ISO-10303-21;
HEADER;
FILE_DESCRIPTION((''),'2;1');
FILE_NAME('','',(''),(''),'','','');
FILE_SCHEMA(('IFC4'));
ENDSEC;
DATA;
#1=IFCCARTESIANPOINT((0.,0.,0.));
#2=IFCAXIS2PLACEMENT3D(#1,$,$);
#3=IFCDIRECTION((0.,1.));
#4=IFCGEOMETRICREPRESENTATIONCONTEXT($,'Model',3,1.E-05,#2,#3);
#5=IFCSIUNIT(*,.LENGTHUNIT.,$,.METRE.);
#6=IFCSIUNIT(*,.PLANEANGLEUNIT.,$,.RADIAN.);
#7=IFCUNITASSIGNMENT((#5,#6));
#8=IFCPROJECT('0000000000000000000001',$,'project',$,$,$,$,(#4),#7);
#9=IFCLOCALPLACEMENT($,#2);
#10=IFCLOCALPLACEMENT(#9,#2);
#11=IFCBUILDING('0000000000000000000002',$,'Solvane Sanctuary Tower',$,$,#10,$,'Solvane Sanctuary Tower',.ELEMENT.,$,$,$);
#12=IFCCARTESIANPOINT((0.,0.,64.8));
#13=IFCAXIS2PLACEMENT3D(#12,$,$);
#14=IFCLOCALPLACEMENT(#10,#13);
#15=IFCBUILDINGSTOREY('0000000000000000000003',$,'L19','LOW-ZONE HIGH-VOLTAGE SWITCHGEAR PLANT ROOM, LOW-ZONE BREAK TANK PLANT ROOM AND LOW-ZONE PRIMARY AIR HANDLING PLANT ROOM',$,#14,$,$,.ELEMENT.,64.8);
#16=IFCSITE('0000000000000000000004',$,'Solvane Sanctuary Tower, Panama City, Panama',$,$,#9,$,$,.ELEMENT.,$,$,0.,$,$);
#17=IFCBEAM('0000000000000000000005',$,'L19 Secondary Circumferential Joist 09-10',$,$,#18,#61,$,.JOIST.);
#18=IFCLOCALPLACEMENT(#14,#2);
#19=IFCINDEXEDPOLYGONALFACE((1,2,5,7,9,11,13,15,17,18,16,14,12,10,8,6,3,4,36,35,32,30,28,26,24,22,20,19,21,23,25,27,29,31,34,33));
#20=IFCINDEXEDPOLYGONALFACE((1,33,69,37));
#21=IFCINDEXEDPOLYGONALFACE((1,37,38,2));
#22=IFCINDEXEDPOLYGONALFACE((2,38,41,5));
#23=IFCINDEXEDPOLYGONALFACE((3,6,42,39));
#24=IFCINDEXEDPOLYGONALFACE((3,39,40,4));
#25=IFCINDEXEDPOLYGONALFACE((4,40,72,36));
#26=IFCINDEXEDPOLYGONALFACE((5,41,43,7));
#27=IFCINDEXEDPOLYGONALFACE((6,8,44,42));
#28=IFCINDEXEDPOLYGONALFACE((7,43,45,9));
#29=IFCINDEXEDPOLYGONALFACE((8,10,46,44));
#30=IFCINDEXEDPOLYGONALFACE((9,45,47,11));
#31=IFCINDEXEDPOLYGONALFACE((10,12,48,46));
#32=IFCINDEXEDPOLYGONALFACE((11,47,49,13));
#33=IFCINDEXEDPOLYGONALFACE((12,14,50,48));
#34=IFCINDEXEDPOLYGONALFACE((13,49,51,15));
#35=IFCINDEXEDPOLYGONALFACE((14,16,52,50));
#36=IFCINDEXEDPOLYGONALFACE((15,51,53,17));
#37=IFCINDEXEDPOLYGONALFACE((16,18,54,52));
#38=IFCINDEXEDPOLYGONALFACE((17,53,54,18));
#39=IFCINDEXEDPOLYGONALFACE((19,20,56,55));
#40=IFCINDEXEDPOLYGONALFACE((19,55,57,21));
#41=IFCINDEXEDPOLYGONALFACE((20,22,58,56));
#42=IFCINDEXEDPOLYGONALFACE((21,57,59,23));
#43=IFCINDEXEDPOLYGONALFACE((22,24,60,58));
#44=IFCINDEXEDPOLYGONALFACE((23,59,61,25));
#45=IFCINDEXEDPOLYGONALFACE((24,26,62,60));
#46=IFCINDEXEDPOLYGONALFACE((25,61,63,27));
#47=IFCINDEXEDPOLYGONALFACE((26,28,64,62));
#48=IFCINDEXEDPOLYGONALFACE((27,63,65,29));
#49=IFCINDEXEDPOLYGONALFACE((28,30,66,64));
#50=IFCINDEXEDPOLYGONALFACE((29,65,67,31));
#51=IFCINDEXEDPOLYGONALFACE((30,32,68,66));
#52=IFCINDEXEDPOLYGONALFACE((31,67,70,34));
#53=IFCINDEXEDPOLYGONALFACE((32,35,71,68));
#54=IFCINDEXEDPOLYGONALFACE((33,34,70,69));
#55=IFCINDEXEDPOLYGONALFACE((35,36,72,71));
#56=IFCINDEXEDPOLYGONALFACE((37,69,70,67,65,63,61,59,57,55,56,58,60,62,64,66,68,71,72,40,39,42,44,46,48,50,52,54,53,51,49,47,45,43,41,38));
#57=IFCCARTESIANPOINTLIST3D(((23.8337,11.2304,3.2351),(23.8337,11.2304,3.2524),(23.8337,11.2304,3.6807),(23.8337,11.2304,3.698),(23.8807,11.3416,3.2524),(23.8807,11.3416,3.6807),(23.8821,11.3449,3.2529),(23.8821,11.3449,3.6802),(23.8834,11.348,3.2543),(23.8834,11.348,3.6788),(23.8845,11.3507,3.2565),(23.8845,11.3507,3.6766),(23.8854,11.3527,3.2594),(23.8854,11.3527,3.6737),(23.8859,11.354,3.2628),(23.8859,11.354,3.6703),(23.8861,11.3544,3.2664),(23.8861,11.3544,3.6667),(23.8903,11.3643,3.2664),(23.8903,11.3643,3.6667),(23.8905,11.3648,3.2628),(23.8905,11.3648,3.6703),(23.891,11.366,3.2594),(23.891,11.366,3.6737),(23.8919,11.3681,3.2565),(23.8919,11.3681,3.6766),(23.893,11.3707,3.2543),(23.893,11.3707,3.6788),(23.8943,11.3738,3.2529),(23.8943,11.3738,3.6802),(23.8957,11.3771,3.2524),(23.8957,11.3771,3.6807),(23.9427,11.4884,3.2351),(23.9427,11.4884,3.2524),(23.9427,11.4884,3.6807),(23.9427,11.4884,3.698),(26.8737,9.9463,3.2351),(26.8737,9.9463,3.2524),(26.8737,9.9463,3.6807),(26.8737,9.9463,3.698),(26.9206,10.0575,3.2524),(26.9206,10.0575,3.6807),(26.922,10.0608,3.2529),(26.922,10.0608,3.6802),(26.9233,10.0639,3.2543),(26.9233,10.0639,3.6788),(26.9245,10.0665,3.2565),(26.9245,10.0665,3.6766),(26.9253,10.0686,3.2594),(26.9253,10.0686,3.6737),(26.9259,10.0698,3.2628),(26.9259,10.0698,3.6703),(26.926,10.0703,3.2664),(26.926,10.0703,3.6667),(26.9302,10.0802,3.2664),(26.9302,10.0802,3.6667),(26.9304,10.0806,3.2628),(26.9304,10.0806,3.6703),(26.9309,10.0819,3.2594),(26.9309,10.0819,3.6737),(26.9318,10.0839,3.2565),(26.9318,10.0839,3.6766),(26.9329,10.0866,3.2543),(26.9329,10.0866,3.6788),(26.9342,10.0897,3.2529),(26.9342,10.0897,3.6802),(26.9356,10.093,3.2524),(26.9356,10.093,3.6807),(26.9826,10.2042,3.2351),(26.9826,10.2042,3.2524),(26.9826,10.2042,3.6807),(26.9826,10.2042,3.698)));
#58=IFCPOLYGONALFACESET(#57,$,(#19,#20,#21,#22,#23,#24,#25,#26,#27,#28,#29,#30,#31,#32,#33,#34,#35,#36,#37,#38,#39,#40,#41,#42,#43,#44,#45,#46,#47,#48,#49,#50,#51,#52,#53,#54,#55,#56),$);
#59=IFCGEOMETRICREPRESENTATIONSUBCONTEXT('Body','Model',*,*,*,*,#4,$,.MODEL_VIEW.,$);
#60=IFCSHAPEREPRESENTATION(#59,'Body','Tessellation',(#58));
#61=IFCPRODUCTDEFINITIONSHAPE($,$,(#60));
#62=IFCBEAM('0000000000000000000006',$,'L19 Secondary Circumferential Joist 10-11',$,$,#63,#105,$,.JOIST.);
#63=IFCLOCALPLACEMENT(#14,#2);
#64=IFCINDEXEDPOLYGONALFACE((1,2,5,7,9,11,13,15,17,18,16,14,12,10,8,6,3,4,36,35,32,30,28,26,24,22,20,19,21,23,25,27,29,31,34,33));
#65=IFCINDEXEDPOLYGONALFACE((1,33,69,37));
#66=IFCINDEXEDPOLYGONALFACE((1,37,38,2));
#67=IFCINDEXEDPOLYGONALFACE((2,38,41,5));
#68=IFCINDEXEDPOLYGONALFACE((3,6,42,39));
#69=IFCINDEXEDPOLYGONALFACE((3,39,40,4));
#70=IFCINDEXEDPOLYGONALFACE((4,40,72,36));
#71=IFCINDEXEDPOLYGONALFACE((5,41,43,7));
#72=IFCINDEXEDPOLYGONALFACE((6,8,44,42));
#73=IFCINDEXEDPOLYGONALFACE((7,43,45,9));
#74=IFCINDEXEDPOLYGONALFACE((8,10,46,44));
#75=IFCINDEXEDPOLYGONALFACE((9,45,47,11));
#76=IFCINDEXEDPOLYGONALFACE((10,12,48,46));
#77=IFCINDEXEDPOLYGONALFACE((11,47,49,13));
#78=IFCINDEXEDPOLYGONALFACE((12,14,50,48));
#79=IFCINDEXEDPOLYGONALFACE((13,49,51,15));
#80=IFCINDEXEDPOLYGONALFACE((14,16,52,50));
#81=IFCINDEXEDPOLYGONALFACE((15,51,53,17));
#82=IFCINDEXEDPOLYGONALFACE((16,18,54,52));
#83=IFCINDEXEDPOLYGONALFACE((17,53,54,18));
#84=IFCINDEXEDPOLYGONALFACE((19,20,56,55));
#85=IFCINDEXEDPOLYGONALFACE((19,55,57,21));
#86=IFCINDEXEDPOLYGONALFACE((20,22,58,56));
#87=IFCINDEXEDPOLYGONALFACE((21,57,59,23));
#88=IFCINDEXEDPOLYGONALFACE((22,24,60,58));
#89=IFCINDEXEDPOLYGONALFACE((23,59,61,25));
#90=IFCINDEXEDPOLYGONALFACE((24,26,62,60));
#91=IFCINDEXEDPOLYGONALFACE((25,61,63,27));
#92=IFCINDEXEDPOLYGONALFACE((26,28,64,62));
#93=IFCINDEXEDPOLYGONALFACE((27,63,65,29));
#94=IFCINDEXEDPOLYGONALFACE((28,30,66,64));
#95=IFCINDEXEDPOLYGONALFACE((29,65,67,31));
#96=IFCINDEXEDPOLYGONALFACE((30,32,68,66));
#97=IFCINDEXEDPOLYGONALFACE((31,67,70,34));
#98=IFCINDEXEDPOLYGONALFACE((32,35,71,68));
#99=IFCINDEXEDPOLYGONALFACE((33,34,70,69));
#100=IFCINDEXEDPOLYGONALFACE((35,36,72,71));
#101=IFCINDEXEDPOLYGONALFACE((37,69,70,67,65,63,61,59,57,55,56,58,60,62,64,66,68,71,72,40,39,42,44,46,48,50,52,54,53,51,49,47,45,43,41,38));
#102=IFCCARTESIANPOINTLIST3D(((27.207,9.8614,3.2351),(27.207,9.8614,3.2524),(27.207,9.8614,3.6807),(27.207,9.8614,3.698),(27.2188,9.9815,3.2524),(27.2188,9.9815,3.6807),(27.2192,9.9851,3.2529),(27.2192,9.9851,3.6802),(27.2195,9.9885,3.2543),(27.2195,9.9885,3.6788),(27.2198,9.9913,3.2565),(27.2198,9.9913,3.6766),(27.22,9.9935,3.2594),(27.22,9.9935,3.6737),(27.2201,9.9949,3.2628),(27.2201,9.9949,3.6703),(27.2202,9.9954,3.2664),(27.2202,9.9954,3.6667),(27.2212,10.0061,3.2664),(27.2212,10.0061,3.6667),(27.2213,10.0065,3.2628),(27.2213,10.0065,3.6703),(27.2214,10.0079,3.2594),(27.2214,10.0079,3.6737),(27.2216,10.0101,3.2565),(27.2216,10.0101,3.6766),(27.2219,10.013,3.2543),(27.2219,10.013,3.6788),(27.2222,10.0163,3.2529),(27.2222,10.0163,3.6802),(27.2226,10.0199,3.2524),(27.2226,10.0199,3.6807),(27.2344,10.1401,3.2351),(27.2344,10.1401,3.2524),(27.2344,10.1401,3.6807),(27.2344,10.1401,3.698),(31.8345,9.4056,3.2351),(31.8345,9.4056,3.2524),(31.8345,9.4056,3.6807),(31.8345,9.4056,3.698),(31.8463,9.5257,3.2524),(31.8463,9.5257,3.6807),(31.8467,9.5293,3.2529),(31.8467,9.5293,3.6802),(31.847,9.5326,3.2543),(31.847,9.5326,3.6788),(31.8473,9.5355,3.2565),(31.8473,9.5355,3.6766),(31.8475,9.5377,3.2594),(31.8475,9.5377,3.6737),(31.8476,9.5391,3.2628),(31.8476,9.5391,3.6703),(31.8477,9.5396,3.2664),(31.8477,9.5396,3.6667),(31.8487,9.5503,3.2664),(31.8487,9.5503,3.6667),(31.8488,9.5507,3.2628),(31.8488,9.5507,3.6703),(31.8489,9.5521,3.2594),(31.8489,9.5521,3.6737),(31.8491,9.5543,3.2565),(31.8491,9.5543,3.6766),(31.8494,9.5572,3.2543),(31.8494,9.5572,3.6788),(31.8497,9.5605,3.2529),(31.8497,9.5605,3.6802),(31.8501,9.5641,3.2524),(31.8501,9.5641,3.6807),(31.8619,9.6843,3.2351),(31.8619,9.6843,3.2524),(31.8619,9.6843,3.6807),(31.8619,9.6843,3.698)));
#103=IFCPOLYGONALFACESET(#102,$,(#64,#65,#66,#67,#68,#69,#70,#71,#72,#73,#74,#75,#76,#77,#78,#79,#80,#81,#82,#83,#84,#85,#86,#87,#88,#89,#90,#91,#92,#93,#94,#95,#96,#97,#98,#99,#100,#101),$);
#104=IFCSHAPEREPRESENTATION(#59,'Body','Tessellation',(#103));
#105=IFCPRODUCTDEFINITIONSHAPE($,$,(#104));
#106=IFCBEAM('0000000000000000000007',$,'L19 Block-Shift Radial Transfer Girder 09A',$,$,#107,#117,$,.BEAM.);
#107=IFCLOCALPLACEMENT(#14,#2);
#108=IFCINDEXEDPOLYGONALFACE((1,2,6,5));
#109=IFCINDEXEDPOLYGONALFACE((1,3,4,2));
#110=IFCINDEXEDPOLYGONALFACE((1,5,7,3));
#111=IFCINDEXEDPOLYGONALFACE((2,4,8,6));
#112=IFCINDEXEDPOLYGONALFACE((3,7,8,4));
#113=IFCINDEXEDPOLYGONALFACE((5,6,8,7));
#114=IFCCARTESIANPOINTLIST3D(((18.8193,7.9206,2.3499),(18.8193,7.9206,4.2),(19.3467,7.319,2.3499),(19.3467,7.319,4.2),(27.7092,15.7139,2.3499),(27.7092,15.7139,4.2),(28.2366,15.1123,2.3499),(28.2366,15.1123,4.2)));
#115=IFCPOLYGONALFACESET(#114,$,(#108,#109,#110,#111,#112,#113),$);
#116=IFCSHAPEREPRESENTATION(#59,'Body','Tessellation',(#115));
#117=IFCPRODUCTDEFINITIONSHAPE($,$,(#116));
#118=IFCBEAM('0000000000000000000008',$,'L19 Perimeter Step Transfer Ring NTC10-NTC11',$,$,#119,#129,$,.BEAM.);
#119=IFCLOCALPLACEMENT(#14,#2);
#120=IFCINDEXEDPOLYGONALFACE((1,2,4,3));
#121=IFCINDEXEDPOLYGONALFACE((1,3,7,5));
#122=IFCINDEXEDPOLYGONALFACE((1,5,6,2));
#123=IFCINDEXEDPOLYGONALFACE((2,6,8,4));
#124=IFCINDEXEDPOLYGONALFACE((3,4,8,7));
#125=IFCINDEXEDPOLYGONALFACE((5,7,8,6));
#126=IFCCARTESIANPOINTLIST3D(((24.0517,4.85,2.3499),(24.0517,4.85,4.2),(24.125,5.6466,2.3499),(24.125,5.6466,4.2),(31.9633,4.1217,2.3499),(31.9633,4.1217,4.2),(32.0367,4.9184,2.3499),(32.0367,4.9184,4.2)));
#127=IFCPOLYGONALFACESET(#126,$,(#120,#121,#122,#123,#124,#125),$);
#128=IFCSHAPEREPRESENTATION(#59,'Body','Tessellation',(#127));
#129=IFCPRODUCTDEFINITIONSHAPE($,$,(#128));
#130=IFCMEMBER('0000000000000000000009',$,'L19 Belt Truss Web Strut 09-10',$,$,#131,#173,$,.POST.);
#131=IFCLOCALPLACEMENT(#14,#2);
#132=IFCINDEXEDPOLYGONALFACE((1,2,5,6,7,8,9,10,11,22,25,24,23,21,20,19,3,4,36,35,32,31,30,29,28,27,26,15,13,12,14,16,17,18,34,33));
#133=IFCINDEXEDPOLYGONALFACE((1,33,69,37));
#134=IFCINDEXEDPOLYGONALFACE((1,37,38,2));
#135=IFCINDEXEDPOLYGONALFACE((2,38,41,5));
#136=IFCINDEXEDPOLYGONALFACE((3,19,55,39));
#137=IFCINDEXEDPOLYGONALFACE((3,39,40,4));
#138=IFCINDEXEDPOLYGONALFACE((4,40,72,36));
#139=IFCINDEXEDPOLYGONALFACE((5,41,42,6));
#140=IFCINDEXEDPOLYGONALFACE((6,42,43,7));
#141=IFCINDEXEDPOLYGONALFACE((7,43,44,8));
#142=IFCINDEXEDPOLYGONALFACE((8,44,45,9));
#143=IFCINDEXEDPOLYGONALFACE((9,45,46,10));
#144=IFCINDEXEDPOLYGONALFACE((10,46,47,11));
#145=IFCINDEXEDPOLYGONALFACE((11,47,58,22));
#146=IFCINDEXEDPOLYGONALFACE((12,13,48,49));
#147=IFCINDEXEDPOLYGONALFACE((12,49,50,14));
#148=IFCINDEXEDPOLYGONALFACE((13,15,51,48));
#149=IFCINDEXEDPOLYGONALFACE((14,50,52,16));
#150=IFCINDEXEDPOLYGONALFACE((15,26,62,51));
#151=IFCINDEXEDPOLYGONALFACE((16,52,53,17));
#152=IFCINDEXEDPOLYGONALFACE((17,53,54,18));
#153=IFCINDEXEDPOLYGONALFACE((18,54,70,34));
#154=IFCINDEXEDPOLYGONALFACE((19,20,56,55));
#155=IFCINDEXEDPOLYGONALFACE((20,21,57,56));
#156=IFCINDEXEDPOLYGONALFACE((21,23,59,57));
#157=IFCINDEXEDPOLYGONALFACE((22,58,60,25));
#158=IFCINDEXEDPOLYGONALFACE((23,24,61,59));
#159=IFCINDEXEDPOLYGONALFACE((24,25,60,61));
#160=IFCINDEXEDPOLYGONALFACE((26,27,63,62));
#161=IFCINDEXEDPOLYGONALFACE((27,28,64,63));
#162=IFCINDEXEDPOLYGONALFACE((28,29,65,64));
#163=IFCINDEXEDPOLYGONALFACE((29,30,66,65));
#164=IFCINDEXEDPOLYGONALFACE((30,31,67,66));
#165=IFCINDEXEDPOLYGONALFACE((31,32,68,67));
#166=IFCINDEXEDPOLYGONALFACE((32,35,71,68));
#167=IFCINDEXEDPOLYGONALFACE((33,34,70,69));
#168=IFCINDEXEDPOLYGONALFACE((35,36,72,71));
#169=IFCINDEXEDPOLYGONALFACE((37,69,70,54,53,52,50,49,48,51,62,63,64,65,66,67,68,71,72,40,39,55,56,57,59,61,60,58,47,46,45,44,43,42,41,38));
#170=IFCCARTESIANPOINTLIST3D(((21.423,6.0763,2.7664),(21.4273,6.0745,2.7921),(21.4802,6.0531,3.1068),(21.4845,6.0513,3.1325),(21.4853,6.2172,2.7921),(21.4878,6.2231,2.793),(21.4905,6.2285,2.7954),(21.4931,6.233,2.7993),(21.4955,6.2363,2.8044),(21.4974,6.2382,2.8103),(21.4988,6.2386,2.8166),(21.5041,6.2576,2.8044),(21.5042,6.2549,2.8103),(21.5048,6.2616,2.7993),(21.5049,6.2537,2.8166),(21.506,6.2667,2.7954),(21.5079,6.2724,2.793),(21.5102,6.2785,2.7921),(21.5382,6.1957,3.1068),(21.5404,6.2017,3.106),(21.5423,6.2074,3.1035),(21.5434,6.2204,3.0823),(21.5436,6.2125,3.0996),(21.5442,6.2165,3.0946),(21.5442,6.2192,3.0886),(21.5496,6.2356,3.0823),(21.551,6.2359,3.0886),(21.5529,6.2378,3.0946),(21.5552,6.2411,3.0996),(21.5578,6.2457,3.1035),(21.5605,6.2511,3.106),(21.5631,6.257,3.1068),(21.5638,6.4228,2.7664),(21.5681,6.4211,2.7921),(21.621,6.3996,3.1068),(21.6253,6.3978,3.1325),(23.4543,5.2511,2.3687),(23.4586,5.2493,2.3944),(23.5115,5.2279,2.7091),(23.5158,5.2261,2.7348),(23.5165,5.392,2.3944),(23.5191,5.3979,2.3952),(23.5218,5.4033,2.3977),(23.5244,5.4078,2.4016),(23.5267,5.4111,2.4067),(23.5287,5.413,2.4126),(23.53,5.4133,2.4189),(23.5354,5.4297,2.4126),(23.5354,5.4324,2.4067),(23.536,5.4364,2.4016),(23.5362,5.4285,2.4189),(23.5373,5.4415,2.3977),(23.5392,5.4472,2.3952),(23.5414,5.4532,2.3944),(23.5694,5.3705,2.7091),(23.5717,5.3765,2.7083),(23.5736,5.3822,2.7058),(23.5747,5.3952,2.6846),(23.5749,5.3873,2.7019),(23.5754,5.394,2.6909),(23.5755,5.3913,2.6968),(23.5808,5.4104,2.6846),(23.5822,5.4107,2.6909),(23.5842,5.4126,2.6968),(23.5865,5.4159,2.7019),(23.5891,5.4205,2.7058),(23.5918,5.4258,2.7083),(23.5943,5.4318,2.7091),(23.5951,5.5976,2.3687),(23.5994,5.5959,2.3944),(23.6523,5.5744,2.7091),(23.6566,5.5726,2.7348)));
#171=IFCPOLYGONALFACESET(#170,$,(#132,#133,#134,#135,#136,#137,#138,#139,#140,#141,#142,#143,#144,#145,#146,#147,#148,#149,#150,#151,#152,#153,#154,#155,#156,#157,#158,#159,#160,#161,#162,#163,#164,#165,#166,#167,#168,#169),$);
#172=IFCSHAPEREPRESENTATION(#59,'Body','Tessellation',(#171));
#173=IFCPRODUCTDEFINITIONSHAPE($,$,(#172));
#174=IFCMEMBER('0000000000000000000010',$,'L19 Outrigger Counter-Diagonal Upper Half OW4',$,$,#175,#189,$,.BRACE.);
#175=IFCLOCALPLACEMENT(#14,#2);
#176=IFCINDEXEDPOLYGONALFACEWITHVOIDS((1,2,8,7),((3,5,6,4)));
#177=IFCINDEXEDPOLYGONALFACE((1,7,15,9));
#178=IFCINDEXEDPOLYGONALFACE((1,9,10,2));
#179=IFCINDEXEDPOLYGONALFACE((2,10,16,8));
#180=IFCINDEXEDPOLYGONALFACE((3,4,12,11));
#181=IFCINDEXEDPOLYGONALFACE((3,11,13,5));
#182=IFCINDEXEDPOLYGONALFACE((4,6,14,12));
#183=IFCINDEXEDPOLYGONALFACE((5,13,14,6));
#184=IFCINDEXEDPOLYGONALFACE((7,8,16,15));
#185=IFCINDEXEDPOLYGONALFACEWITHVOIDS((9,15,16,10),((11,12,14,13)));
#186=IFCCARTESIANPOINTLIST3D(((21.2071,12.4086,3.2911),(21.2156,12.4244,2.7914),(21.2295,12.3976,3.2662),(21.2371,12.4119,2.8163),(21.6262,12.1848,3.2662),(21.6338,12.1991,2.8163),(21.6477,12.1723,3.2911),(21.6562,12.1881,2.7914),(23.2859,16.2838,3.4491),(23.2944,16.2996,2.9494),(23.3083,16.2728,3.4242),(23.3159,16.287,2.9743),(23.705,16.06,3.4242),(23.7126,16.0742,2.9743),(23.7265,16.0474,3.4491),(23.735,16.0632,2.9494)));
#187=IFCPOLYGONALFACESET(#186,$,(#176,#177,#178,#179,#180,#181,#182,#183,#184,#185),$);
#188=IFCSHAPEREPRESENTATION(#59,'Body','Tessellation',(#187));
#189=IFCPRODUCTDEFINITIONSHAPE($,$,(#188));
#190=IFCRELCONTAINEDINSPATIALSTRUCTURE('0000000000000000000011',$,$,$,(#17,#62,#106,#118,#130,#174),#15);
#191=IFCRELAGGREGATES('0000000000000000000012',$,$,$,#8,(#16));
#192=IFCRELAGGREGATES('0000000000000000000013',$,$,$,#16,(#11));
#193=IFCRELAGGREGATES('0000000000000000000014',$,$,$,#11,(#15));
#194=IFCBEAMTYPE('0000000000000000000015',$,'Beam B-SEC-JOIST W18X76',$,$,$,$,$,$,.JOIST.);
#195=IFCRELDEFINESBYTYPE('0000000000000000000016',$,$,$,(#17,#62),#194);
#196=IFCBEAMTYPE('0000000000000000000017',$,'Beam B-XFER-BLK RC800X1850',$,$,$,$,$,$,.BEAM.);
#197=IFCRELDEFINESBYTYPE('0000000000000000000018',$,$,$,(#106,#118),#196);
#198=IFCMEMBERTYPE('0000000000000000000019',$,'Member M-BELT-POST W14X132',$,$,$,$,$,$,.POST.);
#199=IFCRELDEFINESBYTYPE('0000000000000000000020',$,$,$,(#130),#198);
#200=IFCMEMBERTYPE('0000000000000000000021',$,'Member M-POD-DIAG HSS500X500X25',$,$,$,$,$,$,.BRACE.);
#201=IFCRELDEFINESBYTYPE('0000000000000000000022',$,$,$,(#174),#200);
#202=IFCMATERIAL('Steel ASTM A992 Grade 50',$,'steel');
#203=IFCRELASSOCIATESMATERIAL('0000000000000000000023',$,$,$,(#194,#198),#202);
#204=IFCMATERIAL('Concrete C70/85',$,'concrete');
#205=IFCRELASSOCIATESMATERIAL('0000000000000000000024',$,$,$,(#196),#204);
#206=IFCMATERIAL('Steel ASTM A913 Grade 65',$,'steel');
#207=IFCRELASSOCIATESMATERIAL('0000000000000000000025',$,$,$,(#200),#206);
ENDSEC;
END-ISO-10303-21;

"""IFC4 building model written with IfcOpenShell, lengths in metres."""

from ifc_helpers import new_model, si_unit, direction, frame, origin, origin_2d, place, context, subcontext, project, spatial, rectangle, hollow_rectangle, i_section, extrude, material, material_profile, profile_set, type_object, element, save


model = new_model("IFC4")

# Units and contexts
model_context = context("Model", 3, precision=1e-05, world=origin(), true_north=direction((0.0, 1.0)))
body_context = subcontext(model_context, "Body", "Model", "MODEL_VIEW")
ifc_project = project(units=[si_unit("LENGTHUNIT", "METRE"), si_unit("PLANEANGLEUNIT", "RADIAN")], contexts=[model_context])

# Site, building, storey
site_placement = place(None, origin())
site = spatial("IfcSite", under=ifc_project, at=site_placement, Name="Solvane Sanctuary Tower, Panama City, Panama", CompositionType="ELEMENT", RefElevation=0.0)
building_placement = place(site_placement, origin())
building = spatial("IfcBuilding", under=site, at=building_placement, Name="Solvane Sanctuary Tower", LongName="Solvane Sanctuary Tower", CompositionType="ELEMENT")
storey_placement = place(building_placement, frame((0.0, 0.0, 64.8)))
storey = spatial("IfcBuildingStorey", under=building, at=storey_placement, Name="L19", Description="LOW-ZONE HIGH-VOLTAGE SWITCHGEAR PLANT ROOM, LOW-ZONE BREAK TANK PLANT ROOM AND LOW-ZONE PRIMARY AIR HANDLING PLANT ROOM", CompositionType="ELEMENT", Elevation=64.8)

# Beams
ifc_material_1 = material(Name="Steel ASTM A992 Grade 50", Category="steel")
ifc_material_profile_1 = material_profile(ifc_material_1, i_section(OverallWidth=0.28, OverallDepth=0.4629, WebThickness=0.0107, FlangeThickness=0.0173, FilletRadius=0.0139, at=origin_2d()), Name="W18X76")
ifc_profile_set_1 = profile_set([ifc_material_profile_1], Name="Steel ASTM A992 Grade 50")
beam_type_1 = type_object("IfcBeamType", Name="Beam B-SEC-JOIST W18X76", PredefinedType="JOIST", material=ifc_profile_set_1)
beam_1_placement = place(storey_placement, frame((23.8882, 11.3594, 3.4666), z_axis=(0.921184, -0.389128, 0.0), x_axis=(0.389128, 0.921184, 0.0)))
element("IfcBeam", 1, at=beam_1_placement, inside=storey, type_object=beam_type_1, Name="L19 Secondary Circumferential Joist 09-10", PredefinedType="JOIST", context=body_context, shape_type="SweptSolid", body=[
    extrude(i_section(OverallWidth=0.28, OverallDepth=0.4629, WebThickness=0.0107, FlangeThickness=0.0173, FilletRadius=0.0139, at=origin_2d()), origin(), (0.0, 0.0, 1.0), 3.3),
])
beam_2_placement = place(storey_placement, frame((27.2207, 10.0007, 3.4666), z_axis=(0.995184, -0.098027, 0.0), x_axis=(0.098027, 0.995184, 0.0)))
element("IfcBeam", 2, at=beam_2_placement, inside=storey, type_object=beam_type_1, Name="L19 Secondary Circumferential Joist 10-11", PredefinedType="JOIST", context=body_context, shape_type="SweptSolid", body=[
    extrude(i_section(OverallWidth=0.28, OverallDepth=0.4629, WebThickness=0.0107, FlangeThickness=0.0173, FilletRadius=0.0139, at=origin_2d()), origin(), (0.0, 0.0, 1.0), 4.6499),
])
ifc_material_2 = material(Name="Concrete C70/85", Category="concrete")
ifc_material_profile_2 = material_profile(ifc_material_2, rectangle(XDim=0.8, YDim=1.8501, at=origin_2d()), Name="RC800X1850")
ifc_profile_set_2 = profile_set([ifc_material_profile_2], Name="Concrete C70/85")
beam_type_2 = type_object("IfcBeamType", Name="Beam B-XFER-BLK RC800X1850", PredefinedType="BEAM", material=ifc_profile_set_2)
beam_3_placement = place(storey_placement, frame((27.9729, 15.4131, 3.2749), z_axis=(-0.751966, -0.659202, 0.0), x_axis=(0.659202, -0.751966, 0.0)))
element("IfcBeam", 3, at=beam_3_placement, inside=storey, type_object=beam_type_2, Name="L19 Block-Shift Radial Transfer Girder 09A", PredefinedType="BEAM", context=body_context, shape_type="SweptSolid", body=[
    extrude(rectangle(XDim=0.8, YDim=1.8501, at=origin_2d()), origin(), (0.0, 0.0, 1.0), 11.8223),
])
beam_4_placement = place(storey_placement, frame((24.0884, 5.2483, 3.2749), z_axis=(0.99579, -0.091663, 0.0), x_axis=(0.091663, 0.99579, 0.0)))
element("IfcBeam", 4, at=beam_4_placement, inside=storey, type_object=beam_type_2, Name="L19 Perimeter Step Transfer Ring NTC10-NTC11", PredefinedType="BEAM", context=body_context, shape_type="SweptSolid", body=[
    extrude(rectangle(XDim=0.8, YDim=1.8501, at=origin_2d()), origin(), (0.0, 0.0, 1.0), 7.9451),
])

# Members
ifc_material_profile_3 = material_profile(ifc_material_1, i_section(OverallWidth=0.374, OverallDepth=0.3721, WebThickness=0.0164, FlangeThickness=0.0261, FilletRadius=0.0249, at=origin_2d()), Name="W14X132")
ifc_profile_set_3 = profile_set([ifc_material_profile_3], Name="Steel ASTM A992 Grade 50")
member_type_1 = type_object("IfcMemberType", Name="Member M-BELT-POST W14X132", PredefinedType="POST", material=ifc_profile_set_3)
member_1_placement = place(storey_placement, frame((21.5242, 6.2371, 2.9495), z_axis=(0.91159, -0.370334, -0.178483), x_axis=(0.376377, 0.926467, 0.0)))
element("IfcMember", 5, at=member_1_placement, inside=storey, type_object=member_type_1, Name="L19 Belt Truss Web Strut 09-10", PredefinedType="POST", context=body_context, shape_type="SweptSolid", body=[
    extrude(i_section(OverallWidth=0.374, OverallDepth=0.3721, WebThickness=0.0164, FlangeThickness=0.0261, FilletRadius=0.0249, at=origin_2d()), origin(), (0.0, 0.0, 1.0), 2.2283),
])
ifc_material_3 = material(Name="Steel ASTM A913 Grade 65", Category="steel")
ifc_material_profile_4 = material_profile(ifc_material_3, hollow_rectangle(XDim=0.5, YDim=0.5, WallThickness=0.0249, at=origin_2d()), Name="HSS500X500X25")
ifc_profile_set_4 = profile_set([ifc_material_profile_4], Name="Steel ASTM A913 Grade 65")
member_type_2 = type_object("IfcMemberType", Name="Member M-POD-DIAG HSS500X500X25", PredefinedType="BRACE", material=ifc_profile_set_4)
member_2_placement = place(storey_placement, frame((21.4316, 12.2983, 3.0413), z_axis=(0.472417, 0.880644, 0.035896), x_axis=(-0.881212, 0.472722, 0.0)))
element("IfcMember", 6, at=member_2_placement, inside=storey, type_object=member_type_2, Name="L19 Outrigger Counter-Diagonal Upper Half OW4", PredefinedType="BRACE", context=body_context, shape_type="SweptSolid", body=[
    extrude(hollow_rectangle(XDim=0.5, YDim=0.5, WallThickness=0.0249, at=origin_2d()), origin(), (0.0, 0.0, 1.0), 4.4004),
])

save(model, "model.ifc")
